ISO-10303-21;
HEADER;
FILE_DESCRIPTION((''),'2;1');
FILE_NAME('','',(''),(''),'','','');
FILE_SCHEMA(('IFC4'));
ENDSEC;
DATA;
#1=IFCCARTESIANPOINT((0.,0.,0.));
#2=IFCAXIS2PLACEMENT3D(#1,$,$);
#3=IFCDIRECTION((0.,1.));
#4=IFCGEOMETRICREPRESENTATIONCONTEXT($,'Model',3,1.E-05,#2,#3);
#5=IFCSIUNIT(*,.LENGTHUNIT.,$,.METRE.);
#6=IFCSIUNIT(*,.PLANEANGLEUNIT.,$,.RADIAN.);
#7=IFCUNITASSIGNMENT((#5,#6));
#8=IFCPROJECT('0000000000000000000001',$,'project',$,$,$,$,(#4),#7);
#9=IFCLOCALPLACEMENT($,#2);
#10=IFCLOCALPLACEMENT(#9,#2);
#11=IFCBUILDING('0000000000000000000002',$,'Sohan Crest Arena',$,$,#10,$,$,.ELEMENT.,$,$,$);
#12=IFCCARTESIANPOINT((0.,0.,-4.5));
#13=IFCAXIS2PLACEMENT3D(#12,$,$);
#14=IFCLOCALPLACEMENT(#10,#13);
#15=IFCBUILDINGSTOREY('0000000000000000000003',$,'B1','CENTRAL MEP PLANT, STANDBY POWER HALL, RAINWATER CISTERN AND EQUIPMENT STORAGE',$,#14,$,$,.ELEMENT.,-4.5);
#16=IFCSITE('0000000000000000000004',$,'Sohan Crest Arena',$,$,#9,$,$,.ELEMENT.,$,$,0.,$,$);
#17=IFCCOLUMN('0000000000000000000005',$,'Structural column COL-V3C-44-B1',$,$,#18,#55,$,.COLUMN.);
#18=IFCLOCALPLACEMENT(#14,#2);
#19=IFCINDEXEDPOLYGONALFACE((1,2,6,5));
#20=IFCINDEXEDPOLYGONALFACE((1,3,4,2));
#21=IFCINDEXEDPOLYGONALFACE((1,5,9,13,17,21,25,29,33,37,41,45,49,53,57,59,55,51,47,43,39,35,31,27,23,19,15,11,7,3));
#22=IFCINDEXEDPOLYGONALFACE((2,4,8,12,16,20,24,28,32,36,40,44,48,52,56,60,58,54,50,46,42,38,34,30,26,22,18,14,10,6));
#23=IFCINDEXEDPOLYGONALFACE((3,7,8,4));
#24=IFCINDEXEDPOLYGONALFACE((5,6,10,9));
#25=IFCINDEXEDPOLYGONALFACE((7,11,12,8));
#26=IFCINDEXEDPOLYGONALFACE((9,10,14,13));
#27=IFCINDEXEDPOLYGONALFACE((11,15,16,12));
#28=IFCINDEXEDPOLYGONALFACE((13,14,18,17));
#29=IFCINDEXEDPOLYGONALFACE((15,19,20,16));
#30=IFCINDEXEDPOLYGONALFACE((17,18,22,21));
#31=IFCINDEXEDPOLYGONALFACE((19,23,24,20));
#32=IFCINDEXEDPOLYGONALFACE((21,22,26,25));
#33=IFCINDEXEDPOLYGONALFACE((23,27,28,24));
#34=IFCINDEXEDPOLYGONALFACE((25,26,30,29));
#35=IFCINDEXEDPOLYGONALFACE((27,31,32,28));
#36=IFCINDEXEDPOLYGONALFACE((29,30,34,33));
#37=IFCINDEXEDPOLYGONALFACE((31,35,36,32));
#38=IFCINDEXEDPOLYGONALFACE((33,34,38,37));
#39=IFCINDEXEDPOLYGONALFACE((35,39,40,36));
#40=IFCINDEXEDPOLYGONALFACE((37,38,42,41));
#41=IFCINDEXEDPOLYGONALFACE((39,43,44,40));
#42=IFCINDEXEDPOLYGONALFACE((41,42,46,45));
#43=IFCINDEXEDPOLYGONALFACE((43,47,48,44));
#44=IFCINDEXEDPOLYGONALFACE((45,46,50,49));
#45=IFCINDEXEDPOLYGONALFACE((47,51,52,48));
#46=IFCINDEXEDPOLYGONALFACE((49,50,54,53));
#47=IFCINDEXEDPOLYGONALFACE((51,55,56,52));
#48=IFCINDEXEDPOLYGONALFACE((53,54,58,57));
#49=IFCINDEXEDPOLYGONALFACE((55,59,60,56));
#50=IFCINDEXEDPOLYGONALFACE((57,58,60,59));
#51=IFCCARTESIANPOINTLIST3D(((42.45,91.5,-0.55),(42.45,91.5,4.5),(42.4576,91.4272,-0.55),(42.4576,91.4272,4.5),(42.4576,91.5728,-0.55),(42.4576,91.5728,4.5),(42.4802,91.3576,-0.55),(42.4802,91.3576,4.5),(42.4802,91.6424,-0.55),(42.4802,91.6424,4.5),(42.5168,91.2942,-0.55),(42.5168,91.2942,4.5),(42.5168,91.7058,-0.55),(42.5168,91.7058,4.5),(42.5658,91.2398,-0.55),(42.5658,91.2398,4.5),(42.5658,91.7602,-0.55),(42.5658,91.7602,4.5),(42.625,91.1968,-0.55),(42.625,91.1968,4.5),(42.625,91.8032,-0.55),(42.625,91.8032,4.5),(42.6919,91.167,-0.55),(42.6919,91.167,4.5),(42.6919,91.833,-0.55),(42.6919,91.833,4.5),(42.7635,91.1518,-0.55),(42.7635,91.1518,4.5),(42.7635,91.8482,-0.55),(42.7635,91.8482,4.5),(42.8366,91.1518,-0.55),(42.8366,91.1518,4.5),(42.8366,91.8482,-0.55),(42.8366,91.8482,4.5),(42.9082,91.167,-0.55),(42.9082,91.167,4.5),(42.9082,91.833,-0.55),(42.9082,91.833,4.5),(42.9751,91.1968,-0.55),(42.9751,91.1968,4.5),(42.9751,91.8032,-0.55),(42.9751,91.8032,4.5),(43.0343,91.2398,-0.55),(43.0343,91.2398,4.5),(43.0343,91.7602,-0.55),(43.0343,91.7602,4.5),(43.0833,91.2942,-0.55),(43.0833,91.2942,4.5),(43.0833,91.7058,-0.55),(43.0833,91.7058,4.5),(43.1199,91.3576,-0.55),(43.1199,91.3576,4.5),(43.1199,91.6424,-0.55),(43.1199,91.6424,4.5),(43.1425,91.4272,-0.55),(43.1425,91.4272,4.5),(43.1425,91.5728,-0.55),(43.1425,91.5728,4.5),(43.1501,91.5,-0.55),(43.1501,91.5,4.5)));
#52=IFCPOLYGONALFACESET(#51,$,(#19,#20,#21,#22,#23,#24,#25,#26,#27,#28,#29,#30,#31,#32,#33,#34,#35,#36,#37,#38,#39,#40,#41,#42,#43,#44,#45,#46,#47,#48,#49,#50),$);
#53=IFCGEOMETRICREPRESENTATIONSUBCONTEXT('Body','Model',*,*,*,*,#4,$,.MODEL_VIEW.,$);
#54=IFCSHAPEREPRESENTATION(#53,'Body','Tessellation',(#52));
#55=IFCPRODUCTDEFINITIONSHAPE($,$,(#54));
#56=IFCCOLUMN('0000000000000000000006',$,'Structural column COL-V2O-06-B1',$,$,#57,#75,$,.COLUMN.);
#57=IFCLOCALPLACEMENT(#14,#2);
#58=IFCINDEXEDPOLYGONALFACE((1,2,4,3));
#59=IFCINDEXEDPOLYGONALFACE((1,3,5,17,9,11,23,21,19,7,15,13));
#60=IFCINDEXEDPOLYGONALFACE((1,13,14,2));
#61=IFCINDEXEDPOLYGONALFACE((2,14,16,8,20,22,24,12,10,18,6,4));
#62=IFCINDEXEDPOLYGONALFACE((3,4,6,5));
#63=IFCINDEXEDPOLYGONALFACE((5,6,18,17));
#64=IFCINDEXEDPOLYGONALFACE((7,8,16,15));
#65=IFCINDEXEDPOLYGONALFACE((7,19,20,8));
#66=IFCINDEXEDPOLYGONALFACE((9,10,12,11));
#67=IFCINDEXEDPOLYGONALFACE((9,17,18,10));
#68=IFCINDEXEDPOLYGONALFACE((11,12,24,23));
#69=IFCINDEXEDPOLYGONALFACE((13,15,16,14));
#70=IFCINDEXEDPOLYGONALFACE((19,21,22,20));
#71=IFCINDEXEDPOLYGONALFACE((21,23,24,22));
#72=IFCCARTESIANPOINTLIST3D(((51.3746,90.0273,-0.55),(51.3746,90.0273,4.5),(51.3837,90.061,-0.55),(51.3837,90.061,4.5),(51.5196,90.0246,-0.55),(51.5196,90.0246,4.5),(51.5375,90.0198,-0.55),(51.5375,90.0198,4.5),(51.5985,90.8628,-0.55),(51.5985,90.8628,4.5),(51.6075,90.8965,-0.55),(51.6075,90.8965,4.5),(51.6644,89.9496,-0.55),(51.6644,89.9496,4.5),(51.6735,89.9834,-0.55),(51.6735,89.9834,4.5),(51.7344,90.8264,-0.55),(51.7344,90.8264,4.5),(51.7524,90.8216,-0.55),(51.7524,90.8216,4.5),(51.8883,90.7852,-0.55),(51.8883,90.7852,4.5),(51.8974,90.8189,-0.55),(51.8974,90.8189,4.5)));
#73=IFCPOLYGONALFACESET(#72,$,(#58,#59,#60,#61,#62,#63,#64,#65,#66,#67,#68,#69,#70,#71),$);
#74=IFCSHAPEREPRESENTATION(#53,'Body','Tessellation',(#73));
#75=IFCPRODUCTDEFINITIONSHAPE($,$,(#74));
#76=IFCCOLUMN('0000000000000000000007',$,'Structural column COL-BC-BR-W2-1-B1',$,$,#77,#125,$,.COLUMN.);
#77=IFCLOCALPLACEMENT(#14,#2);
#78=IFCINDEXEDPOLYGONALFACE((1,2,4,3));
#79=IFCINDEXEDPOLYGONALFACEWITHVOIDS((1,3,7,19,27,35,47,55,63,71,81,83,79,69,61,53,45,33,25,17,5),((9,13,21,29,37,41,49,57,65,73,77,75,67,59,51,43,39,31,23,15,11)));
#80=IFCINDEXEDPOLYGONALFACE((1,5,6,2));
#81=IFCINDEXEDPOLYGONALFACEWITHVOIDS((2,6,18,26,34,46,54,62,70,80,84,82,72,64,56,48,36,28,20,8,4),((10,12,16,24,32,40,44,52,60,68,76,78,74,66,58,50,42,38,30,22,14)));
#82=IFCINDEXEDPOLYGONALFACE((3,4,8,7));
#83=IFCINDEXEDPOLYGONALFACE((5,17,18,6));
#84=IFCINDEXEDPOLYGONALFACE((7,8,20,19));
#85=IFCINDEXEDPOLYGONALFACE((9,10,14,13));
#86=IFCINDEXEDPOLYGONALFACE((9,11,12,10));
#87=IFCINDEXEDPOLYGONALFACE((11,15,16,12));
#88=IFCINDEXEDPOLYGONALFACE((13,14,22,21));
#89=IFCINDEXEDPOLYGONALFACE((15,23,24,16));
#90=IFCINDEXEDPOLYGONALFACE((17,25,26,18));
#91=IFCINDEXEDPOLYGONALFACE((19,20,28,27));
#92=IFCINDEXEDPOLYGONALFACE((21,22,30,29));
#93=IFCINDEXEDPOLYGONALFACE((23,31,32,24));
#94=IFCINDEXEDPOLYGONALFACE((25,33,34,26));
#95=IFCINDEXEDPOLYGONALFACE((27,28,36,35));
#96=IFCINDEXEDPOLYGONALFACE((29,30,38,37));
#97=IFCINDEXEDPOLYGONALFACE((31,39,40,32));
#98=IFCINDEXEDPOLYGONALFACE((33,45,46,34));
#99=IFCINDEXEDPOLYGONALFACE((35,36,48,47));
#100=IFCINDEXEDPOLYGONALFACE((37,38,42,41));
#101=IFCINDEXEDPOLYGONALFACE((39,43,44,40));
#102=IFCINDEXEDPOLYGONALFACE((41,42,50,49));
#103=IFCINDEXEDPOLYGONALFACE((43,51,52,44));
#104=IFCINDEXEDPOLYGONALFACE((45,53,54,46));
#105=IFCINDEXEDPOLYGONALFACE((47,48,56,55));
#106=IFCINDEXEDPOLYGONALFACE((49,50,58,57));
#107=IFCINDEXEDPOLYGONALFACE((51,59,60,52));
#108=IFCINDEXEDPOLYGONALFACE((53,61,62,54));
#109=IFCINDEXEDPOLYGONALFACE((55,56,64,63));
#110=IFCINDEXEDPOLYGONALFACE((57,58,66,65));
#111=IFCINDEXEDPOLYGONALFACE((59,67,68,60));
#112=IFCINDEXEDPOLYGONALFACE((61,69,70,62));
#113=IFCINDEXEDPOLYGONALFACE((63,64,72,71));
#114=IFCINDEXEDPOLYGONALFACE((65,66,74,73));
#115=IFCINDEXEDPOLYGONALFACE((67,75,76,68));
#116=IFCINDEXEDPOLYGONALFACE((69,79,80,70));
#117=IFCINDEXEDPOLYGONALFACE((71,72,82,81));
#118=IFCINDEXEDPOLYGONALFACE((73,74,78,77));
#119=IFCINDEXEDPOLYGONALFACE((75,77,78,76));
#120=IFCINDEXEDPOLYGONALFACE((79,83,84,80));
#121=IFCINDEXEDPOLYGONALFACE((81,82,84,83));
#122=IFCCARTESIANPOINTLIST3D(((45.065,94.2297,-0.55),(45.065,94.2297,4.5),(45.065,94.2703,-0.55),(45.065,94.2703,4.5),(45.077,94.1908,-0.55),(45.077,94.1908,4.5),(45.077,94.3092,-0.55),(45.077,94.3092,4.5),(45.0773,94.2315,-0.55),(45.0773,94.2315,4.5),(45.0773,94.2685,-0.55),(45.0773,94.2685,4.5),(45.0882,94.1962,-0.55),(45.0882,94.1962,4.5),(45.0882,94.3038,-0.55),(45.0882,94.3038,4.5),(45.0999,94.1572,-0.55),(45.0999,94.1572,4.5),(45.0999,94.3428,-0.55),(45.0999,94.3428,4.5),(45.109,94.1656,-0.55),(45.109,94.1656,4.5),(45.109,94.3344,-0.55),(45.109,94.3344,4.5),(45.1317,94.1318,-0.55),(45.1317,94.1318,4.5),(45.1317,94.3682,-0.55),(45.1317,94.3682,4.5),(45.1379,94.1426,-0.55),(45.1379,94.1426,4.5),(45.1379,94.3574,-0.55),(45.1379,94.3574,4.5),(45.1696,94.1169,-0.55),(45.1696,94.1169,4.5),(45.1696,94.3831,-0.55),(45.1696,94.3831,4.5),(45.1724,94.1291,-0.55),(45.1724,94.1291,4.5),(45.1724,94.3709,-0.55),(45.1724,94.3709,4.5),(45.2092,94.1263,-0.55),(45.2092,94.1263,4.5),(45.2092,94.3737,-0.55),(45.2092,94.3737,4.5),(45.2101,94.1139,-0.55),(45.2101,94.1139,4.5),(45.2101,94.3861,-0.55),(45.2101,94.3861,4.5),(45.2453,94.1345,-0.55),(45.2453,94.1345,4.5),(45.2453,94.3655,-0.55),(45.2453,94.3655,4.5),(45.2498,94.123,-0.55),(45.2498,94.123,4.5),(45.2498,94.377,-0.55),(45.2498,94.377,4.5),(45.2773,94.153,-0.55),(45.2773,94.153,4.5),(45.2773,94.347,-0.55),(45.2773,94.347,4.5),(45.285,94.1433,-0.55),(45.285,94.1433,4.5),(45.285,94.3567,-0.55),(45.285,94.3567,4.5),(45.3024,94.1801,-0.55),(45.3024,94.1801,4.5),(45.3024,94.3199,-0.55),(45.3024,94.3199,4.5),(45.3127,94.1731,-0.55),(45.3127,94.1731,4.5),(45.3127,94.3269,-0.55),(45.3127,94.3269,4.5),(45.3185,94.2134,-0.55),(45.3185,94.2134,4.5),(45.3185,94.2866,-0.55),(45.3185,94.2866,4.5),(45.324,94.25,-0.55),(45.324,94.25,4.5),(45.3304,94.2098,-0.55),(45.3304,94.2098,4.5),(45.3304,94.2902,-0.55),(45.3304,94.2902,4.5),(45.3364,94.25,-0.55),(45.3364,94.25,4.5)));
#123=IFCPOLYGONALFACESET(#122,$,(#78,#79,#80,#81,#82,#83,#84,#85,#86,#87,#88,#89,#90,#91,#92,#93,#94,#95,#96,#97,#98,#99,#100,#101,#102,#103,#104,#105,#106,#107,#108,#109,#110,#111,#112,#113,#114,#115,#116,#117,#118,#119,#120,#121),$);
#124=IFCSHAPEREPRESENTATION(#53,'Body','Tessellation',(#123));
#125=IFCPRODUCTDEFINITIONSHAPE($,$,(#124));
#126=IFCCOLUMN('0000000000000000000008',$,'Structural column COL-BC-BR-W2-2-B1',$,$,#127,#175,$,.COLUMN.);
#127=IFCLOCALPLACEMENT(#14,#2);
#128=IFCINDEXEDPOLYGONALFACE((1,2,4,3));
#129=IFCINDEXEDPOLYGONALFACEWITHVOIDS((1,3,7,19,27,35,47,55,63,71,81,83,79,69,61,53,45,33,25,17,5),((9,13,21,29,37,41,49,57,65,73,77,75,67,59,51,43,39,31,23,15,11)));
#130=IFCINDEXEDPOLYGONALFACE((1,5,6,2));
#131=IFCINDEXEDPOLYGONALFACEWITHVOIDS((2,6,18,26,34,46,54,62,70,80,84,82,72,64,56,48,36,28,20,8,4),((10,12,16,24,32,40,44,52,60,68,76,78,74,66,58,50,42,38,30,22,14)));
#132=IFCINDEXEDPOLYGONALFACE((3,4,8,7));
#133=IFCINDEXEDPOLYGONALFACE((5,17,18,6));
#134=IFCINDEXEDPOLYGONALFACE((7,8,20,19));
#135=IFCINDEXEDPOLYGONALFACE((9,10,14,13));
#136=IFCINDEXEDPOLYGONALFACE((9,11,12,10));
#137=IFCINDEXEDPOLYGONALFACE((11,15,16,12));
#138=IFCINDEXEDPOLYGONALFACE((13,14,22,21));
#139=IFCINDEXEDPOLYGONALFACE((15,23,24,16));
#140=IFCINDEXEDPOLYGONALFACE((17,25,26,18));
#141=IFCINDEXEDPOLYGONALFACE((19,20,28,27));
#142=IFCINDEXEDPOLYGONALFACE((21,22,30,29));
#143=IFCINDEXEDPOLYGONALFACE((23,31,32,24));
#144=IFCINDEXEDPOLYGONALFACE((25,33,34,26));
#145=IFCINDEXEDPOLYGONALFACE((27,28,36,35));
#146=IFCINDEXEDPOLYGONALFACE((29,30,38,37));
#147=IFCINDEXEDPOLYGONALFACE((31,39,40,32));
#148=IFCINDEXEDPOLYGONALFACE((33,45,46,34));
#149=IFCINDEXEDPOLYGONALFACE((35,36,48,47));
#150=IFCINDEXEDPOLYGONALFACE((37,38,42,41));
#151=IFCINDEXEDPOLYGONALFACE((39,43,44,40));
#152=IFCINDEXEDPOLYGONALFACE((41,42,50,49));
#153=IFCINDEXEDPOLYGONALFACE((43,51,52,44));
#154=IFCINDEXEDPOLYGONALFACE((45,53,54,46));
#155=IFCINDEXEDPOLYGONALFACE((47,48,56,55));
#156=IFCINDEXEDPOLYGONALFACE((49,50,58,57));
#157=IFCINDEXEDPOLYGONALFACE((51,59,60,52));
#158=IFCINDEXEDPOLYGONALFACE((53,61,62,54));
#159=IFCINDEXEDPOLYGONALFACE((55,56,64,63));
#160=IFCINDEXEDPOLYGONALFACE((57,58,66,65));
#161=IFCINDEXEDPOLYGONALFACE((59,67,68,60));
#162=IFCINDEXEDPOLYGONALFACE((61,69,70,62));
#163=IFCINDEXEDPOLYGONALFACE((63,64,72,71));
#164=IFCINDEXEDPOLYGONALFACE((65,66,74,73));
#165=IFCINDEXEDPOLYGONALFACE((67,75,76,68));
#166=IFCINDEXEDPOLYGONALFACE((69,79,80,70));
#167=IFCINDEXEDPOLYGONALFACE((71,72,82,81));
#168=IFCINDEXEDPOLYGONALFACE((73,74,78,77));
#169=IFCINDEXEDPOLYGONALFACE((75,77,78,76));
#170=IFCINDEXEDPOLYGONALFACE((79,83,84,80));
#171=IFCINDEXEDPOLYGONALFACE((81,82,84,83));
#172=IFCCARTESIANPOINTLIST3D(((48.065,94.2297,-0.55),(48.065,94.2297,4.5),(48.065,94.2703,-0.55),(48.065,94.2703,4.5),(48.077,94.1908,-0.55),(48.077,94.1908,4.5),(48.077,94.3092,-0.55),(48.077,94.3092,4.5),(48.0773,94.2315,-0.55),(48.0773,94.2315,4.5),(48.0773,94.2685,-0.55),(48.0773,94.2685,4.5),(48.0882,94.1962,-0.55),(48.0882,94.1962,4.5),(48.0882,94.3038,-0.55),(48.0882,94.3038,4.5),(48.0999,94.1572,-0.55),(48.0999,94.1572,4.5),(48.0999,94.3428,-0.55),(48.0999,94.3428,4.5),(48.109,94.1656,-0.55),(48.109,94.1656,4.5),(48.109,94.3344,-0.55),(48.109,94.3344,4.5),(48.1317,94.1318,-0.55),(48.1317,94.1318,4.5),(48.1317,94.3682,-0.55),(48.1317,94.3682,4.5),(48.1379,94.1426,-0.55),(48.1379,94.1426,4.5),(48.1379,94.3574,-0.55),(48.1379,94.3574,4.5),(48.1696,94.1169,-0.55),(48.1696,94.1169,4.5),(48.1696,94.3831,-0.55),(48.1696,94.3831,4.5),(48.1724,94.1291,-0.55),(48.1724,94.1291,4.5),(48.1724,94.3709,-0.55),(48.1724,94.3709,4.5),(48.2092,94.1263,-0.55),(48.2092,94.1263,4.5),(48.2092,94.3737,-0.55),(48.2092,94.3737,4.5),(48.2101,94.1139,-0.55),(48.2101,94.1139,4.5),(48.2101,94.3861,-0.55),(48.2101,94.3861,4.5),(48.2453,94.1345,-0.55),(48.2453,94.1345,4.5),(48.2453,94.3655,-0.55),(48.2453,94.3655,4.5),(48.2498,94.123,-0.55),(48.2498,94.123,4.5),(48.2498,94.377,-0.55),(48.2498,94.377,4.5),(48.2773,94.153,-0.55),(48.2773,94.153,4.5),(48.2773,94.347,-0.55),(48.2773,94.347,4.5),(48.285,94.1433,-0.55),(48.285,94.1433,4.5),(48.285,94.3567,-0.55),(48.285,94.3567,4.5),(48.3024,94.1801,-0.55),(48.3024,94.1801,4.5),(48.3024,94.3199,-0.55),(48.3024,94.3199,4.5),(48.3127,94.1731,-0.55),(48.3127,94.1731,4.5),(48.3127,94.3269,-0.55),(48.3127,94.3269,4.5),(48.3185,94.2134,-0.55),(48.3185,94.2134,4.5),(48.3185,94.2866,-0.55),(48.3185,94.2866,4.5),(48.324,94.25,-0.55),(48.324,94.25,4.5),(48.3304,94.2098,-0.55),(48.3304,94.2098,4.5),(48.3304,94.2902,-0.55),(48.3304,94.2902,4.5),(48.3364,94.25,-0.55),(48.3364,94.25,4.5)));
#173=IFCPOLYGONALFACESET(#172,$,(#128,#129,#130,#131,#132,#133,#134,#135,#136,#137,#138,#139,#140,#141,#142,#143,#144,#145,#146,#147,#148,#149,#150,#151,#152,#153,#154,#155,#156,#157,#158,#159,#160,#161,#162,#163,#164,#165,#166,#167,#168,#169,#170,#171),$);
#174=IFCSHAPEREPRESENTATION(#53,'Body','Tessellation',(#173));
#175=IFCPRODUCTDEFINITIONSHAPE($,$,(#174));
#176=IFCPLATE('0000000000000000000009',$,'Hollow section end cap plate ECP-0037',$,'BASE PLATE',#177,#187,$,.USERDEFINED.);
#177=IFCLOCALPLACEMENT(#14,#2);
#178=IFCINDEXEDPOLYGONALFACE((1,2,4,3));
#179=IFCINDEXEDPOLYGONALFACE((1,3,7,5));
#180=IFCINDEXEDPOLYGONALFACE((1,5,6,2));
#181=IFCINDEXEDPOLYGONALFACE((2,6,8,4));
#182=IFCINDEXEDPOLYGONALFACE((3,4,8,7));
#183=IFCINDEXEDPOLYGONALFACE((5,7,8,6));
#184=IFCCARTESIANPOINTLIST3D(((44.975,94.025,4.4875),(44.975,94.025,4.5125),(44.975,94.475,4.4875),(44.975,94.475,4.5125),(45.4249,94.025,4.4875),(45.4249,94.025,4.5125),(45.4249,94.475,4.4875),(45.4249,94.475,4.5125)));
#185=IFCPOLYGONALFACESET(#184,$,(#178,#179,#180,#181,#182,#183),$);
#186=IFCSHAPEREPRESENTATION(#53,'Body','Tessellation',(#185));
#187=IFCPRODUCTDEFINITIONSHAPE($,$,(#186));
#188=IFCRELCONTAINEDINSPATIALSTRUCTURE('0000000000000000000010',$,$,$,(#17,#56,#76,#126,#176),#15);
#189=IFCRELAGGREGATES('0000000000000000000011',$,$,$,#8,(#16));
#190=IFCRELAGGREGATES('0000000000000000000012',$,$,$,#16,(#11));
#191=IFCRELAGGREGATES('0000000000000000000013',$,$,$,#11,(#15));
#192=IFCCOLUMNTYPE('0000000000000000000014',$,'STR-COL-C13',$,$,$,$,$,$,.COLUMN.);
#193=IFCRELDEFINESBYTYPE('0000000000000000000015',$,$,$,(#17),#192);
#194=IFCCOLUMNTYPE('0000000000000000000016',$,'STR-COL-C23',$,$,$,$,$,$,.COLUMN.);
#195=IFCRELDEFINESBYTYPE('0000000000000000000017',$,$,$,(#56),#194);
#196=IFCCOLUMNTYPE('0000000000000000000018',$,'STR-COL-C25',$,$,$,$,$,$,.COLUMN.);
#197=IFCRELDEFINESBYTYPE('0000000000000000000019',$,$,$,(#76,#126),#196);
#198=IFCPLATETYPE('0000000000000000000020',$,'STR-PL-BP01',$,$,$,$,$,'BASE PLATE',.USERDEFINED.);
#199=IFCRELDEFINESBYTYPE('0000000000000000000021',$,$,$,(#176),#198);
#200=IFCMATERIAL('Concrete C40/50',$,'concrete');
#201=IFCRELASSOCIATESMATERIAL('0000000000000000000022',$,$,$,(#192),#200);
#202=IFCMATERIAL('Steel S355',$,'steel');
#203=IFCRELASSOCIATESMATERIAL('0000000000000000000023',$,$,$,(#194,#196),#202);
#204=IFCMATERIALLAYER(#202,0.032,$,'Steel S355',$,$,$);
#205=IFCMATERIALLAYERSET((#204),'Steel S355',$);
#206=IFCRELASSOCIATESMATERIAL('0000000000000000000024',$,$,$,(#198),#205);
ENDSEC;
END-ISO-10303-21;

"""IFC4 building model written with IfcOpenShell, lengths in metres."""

from ifc_helpers import new_model, si_unit, direction, frame, origin, origin_2d, place, context, subcontext, project, spatial, rectangle, circle, hollow_circle, i_section, extrude, material, layer, layer_set, material_profile, profile_set, type_object, element, save


model = new_model("IFC4")

# Units and contexts
model_context = context("Model", 3, precision=1e-05, world=origin(), true_north=direction((0.0, 1.0)))
body_context = subcontext(model_context, "Body", "Model", "MODEL_VIEW")
ifc_project = project(units=[si_unit("LENGTHUNIT", "METRE"), si_unit("PLANEANGLEUNIT", "RADIAN")], contexts=[model_context])

# Site, building, storey
site_placement = place(None, origin())
site = spatial("IfcSite", under=ifc_project, at=site_placement, Name="Sohan Crest Arena", CompositionType="ELEMENT", RefElevation=0.0)
building_placement = place(site_placement, origin())
building = spatial("IfcBuilding", under=site, at=building_placement, Name="Sohan Crest Arena", CompositionType="ELEMENT")
storey_placement = place(building_placement, frame((0.0, 0.0, -4.5)))
storey = spatial("IfcBuildingStorey", under=building, at=storey_placement, Name="B1", Description="CENTRAL MEP PLANT, STANDBY POWER HALL, RAINWATER CISTERN AND EQUIPMENT STORAGE", CompositionType="ELEMENT", Elevation=-4.5)

# Shared definitions
ifc_material_1 = material(Name="Concrete C40/50", Category="concrete")

# Columns
ifc_material_profile_1 = material_profile(ifc_material_1, circle(Radius=0.3501, at=origin_2d()), Name="RC D700")
ifc_profile_set_1 = profile_set([ifc_material_profile_1], Name="Concrete C40/50")
column_type_1 = type_object("IfcColumnType", Name="STR-COL-C13", PredefinedType="COLUMN", material=ifc_profile_set_1)
column_1_placement = place(storey_placement, frame((42.8, 91.5, -0.55), z_axis=(0.0, 0.0, 1.0), x_axis=(1.0, 0.0, 0.0)))
element("IfcColumn", 1, at=column_1_placement, inside=storey, type_object=column_type_1, Name="Structural column COL-V3C-44-B1", PredefinedType="COLUMN", context=body_context, shape_type="SweptSolid", body=[
    extrude(circle(Radius=0.3501, at=origin_2d()), origin(), (0.0, 0.0, 1.0), 5.05),
])
ifc_material_2 = material(Name="Steel S355", Category="steel")
ifc_material_profile_2 = material_profile(ifc_material_2, i_section(OverallWidth=0.3, OverallDepth=0.8999, WebThickness=0.0186, FlangeThickness=0.0349, at=origin_2d()), Name="HEB 900")
ifc_profile_set_2 = profile_set([ifc_material_profile_2], Name="Steel S355")
column_type_2 = type_object("IfcColumnType", Name="STR-COL-C23", PredefinedType="COLUMN", material=ifc_profile_set_2)
column_2_placement = place(storey_placement, frame((51.636, 90.4231, -0.55), z_axis=(0.0, 0.0, 1.0), x_axis=(-0.965926, 0.258819, 0.0)))
element("IfcColumn", 2, at=column_2_placement, inside=storey, type_object=column_type_2, Name="Structural column COL-V2O-06-B1", PredefinedType="COLUMN", context=body_context, shape_type="SweptSolid", body=[
    extrude(i_section(OverallWidth=0.3, OverallDepth=0.8999, WebThickness=0.0186, FlangeThickness=0.0349, at=origin_2d()), origin(), (0.0, 0.0, 1.0), 5.05),
])
ifc_material_profile_3 = material_profile(ifc_material_2, hollow_circle(Radius=0.1365, WallThickness=0.0125, at=origin_2d()), Name="CHS 273x12.5")
ifc_profile_set_3 = profile_set([ifc_material_profile_3], Name="Steel S355")
column_type_3 = type_object("IfcColumnType", Name="STR-COL-C25", PredefinedType="COLUMN", material=ifc_profile_set_3)
for number, where, z_axis, x_axis, name in (
    (3, (45.2, 94.25, -0.55), (0.0, 0.0, 1.0), (1.0, 0.0, 0.0), "Structural column COL-BC-BR-W2-1-B1"),
    (4, (48.2, 94.25, -0.55), (0.0, 0.0, 1.0), (1.0, 0.0, 0.0), "Structural column COL-BC-BR-W2-2-B1"),
):
    element("IfcColumn", number, at=place(storey_placement, frame(where, z_axis=z_axis, x_axis=x_axis)), inside=storey, type_object=column_type_3, Name=name, PredefinedType="COLUMN", context=body_context, shape_type="SweptSolid", body=[
        extrude(hollow_circle(Radius=0.1365, WallThickness=0.0125, at=origin_2d()), origin(), (0.0, 0.0, 1.0), 5.05),
    ])

# Plate
ifc_layer_1 = layer(ifc_material_2, 0.032, Name="Steel S355")
ifc_layer_set_1 = layer_set([ifc_layer_1], Name="Steel S355")
plate_type_1 = type_object("IfcPlateType", Name="STR-PL-BP01", ElementType="BASE PLATE", PredefinedType="USERDEFINED", material=ifc_layer_set_1)
plate_1_placement = place(storey_placement, frame((45.2, 94.25, 4.4875), z_axis=(0.0, 0.0, 1.0), x_axis=(1.0, 0.0, 0.0)))
element("IfcPlate", 5, at=plate_1_placement, inside=storey, type_object=plate_type_1, Name="Hollow section end cap plate ECP-0037", ObjectType="BASE PLATE", PredefinedType="USERDEFINED", context=body_context, shape_type="SweptSolid", body=[
    extrude(rectangle(XDim=0.45, YDim=0.45, at=origin_2d()), origin(), (0.0, 0.0, 1.0), 0.0249),
])

save(model, "model.ifc")
